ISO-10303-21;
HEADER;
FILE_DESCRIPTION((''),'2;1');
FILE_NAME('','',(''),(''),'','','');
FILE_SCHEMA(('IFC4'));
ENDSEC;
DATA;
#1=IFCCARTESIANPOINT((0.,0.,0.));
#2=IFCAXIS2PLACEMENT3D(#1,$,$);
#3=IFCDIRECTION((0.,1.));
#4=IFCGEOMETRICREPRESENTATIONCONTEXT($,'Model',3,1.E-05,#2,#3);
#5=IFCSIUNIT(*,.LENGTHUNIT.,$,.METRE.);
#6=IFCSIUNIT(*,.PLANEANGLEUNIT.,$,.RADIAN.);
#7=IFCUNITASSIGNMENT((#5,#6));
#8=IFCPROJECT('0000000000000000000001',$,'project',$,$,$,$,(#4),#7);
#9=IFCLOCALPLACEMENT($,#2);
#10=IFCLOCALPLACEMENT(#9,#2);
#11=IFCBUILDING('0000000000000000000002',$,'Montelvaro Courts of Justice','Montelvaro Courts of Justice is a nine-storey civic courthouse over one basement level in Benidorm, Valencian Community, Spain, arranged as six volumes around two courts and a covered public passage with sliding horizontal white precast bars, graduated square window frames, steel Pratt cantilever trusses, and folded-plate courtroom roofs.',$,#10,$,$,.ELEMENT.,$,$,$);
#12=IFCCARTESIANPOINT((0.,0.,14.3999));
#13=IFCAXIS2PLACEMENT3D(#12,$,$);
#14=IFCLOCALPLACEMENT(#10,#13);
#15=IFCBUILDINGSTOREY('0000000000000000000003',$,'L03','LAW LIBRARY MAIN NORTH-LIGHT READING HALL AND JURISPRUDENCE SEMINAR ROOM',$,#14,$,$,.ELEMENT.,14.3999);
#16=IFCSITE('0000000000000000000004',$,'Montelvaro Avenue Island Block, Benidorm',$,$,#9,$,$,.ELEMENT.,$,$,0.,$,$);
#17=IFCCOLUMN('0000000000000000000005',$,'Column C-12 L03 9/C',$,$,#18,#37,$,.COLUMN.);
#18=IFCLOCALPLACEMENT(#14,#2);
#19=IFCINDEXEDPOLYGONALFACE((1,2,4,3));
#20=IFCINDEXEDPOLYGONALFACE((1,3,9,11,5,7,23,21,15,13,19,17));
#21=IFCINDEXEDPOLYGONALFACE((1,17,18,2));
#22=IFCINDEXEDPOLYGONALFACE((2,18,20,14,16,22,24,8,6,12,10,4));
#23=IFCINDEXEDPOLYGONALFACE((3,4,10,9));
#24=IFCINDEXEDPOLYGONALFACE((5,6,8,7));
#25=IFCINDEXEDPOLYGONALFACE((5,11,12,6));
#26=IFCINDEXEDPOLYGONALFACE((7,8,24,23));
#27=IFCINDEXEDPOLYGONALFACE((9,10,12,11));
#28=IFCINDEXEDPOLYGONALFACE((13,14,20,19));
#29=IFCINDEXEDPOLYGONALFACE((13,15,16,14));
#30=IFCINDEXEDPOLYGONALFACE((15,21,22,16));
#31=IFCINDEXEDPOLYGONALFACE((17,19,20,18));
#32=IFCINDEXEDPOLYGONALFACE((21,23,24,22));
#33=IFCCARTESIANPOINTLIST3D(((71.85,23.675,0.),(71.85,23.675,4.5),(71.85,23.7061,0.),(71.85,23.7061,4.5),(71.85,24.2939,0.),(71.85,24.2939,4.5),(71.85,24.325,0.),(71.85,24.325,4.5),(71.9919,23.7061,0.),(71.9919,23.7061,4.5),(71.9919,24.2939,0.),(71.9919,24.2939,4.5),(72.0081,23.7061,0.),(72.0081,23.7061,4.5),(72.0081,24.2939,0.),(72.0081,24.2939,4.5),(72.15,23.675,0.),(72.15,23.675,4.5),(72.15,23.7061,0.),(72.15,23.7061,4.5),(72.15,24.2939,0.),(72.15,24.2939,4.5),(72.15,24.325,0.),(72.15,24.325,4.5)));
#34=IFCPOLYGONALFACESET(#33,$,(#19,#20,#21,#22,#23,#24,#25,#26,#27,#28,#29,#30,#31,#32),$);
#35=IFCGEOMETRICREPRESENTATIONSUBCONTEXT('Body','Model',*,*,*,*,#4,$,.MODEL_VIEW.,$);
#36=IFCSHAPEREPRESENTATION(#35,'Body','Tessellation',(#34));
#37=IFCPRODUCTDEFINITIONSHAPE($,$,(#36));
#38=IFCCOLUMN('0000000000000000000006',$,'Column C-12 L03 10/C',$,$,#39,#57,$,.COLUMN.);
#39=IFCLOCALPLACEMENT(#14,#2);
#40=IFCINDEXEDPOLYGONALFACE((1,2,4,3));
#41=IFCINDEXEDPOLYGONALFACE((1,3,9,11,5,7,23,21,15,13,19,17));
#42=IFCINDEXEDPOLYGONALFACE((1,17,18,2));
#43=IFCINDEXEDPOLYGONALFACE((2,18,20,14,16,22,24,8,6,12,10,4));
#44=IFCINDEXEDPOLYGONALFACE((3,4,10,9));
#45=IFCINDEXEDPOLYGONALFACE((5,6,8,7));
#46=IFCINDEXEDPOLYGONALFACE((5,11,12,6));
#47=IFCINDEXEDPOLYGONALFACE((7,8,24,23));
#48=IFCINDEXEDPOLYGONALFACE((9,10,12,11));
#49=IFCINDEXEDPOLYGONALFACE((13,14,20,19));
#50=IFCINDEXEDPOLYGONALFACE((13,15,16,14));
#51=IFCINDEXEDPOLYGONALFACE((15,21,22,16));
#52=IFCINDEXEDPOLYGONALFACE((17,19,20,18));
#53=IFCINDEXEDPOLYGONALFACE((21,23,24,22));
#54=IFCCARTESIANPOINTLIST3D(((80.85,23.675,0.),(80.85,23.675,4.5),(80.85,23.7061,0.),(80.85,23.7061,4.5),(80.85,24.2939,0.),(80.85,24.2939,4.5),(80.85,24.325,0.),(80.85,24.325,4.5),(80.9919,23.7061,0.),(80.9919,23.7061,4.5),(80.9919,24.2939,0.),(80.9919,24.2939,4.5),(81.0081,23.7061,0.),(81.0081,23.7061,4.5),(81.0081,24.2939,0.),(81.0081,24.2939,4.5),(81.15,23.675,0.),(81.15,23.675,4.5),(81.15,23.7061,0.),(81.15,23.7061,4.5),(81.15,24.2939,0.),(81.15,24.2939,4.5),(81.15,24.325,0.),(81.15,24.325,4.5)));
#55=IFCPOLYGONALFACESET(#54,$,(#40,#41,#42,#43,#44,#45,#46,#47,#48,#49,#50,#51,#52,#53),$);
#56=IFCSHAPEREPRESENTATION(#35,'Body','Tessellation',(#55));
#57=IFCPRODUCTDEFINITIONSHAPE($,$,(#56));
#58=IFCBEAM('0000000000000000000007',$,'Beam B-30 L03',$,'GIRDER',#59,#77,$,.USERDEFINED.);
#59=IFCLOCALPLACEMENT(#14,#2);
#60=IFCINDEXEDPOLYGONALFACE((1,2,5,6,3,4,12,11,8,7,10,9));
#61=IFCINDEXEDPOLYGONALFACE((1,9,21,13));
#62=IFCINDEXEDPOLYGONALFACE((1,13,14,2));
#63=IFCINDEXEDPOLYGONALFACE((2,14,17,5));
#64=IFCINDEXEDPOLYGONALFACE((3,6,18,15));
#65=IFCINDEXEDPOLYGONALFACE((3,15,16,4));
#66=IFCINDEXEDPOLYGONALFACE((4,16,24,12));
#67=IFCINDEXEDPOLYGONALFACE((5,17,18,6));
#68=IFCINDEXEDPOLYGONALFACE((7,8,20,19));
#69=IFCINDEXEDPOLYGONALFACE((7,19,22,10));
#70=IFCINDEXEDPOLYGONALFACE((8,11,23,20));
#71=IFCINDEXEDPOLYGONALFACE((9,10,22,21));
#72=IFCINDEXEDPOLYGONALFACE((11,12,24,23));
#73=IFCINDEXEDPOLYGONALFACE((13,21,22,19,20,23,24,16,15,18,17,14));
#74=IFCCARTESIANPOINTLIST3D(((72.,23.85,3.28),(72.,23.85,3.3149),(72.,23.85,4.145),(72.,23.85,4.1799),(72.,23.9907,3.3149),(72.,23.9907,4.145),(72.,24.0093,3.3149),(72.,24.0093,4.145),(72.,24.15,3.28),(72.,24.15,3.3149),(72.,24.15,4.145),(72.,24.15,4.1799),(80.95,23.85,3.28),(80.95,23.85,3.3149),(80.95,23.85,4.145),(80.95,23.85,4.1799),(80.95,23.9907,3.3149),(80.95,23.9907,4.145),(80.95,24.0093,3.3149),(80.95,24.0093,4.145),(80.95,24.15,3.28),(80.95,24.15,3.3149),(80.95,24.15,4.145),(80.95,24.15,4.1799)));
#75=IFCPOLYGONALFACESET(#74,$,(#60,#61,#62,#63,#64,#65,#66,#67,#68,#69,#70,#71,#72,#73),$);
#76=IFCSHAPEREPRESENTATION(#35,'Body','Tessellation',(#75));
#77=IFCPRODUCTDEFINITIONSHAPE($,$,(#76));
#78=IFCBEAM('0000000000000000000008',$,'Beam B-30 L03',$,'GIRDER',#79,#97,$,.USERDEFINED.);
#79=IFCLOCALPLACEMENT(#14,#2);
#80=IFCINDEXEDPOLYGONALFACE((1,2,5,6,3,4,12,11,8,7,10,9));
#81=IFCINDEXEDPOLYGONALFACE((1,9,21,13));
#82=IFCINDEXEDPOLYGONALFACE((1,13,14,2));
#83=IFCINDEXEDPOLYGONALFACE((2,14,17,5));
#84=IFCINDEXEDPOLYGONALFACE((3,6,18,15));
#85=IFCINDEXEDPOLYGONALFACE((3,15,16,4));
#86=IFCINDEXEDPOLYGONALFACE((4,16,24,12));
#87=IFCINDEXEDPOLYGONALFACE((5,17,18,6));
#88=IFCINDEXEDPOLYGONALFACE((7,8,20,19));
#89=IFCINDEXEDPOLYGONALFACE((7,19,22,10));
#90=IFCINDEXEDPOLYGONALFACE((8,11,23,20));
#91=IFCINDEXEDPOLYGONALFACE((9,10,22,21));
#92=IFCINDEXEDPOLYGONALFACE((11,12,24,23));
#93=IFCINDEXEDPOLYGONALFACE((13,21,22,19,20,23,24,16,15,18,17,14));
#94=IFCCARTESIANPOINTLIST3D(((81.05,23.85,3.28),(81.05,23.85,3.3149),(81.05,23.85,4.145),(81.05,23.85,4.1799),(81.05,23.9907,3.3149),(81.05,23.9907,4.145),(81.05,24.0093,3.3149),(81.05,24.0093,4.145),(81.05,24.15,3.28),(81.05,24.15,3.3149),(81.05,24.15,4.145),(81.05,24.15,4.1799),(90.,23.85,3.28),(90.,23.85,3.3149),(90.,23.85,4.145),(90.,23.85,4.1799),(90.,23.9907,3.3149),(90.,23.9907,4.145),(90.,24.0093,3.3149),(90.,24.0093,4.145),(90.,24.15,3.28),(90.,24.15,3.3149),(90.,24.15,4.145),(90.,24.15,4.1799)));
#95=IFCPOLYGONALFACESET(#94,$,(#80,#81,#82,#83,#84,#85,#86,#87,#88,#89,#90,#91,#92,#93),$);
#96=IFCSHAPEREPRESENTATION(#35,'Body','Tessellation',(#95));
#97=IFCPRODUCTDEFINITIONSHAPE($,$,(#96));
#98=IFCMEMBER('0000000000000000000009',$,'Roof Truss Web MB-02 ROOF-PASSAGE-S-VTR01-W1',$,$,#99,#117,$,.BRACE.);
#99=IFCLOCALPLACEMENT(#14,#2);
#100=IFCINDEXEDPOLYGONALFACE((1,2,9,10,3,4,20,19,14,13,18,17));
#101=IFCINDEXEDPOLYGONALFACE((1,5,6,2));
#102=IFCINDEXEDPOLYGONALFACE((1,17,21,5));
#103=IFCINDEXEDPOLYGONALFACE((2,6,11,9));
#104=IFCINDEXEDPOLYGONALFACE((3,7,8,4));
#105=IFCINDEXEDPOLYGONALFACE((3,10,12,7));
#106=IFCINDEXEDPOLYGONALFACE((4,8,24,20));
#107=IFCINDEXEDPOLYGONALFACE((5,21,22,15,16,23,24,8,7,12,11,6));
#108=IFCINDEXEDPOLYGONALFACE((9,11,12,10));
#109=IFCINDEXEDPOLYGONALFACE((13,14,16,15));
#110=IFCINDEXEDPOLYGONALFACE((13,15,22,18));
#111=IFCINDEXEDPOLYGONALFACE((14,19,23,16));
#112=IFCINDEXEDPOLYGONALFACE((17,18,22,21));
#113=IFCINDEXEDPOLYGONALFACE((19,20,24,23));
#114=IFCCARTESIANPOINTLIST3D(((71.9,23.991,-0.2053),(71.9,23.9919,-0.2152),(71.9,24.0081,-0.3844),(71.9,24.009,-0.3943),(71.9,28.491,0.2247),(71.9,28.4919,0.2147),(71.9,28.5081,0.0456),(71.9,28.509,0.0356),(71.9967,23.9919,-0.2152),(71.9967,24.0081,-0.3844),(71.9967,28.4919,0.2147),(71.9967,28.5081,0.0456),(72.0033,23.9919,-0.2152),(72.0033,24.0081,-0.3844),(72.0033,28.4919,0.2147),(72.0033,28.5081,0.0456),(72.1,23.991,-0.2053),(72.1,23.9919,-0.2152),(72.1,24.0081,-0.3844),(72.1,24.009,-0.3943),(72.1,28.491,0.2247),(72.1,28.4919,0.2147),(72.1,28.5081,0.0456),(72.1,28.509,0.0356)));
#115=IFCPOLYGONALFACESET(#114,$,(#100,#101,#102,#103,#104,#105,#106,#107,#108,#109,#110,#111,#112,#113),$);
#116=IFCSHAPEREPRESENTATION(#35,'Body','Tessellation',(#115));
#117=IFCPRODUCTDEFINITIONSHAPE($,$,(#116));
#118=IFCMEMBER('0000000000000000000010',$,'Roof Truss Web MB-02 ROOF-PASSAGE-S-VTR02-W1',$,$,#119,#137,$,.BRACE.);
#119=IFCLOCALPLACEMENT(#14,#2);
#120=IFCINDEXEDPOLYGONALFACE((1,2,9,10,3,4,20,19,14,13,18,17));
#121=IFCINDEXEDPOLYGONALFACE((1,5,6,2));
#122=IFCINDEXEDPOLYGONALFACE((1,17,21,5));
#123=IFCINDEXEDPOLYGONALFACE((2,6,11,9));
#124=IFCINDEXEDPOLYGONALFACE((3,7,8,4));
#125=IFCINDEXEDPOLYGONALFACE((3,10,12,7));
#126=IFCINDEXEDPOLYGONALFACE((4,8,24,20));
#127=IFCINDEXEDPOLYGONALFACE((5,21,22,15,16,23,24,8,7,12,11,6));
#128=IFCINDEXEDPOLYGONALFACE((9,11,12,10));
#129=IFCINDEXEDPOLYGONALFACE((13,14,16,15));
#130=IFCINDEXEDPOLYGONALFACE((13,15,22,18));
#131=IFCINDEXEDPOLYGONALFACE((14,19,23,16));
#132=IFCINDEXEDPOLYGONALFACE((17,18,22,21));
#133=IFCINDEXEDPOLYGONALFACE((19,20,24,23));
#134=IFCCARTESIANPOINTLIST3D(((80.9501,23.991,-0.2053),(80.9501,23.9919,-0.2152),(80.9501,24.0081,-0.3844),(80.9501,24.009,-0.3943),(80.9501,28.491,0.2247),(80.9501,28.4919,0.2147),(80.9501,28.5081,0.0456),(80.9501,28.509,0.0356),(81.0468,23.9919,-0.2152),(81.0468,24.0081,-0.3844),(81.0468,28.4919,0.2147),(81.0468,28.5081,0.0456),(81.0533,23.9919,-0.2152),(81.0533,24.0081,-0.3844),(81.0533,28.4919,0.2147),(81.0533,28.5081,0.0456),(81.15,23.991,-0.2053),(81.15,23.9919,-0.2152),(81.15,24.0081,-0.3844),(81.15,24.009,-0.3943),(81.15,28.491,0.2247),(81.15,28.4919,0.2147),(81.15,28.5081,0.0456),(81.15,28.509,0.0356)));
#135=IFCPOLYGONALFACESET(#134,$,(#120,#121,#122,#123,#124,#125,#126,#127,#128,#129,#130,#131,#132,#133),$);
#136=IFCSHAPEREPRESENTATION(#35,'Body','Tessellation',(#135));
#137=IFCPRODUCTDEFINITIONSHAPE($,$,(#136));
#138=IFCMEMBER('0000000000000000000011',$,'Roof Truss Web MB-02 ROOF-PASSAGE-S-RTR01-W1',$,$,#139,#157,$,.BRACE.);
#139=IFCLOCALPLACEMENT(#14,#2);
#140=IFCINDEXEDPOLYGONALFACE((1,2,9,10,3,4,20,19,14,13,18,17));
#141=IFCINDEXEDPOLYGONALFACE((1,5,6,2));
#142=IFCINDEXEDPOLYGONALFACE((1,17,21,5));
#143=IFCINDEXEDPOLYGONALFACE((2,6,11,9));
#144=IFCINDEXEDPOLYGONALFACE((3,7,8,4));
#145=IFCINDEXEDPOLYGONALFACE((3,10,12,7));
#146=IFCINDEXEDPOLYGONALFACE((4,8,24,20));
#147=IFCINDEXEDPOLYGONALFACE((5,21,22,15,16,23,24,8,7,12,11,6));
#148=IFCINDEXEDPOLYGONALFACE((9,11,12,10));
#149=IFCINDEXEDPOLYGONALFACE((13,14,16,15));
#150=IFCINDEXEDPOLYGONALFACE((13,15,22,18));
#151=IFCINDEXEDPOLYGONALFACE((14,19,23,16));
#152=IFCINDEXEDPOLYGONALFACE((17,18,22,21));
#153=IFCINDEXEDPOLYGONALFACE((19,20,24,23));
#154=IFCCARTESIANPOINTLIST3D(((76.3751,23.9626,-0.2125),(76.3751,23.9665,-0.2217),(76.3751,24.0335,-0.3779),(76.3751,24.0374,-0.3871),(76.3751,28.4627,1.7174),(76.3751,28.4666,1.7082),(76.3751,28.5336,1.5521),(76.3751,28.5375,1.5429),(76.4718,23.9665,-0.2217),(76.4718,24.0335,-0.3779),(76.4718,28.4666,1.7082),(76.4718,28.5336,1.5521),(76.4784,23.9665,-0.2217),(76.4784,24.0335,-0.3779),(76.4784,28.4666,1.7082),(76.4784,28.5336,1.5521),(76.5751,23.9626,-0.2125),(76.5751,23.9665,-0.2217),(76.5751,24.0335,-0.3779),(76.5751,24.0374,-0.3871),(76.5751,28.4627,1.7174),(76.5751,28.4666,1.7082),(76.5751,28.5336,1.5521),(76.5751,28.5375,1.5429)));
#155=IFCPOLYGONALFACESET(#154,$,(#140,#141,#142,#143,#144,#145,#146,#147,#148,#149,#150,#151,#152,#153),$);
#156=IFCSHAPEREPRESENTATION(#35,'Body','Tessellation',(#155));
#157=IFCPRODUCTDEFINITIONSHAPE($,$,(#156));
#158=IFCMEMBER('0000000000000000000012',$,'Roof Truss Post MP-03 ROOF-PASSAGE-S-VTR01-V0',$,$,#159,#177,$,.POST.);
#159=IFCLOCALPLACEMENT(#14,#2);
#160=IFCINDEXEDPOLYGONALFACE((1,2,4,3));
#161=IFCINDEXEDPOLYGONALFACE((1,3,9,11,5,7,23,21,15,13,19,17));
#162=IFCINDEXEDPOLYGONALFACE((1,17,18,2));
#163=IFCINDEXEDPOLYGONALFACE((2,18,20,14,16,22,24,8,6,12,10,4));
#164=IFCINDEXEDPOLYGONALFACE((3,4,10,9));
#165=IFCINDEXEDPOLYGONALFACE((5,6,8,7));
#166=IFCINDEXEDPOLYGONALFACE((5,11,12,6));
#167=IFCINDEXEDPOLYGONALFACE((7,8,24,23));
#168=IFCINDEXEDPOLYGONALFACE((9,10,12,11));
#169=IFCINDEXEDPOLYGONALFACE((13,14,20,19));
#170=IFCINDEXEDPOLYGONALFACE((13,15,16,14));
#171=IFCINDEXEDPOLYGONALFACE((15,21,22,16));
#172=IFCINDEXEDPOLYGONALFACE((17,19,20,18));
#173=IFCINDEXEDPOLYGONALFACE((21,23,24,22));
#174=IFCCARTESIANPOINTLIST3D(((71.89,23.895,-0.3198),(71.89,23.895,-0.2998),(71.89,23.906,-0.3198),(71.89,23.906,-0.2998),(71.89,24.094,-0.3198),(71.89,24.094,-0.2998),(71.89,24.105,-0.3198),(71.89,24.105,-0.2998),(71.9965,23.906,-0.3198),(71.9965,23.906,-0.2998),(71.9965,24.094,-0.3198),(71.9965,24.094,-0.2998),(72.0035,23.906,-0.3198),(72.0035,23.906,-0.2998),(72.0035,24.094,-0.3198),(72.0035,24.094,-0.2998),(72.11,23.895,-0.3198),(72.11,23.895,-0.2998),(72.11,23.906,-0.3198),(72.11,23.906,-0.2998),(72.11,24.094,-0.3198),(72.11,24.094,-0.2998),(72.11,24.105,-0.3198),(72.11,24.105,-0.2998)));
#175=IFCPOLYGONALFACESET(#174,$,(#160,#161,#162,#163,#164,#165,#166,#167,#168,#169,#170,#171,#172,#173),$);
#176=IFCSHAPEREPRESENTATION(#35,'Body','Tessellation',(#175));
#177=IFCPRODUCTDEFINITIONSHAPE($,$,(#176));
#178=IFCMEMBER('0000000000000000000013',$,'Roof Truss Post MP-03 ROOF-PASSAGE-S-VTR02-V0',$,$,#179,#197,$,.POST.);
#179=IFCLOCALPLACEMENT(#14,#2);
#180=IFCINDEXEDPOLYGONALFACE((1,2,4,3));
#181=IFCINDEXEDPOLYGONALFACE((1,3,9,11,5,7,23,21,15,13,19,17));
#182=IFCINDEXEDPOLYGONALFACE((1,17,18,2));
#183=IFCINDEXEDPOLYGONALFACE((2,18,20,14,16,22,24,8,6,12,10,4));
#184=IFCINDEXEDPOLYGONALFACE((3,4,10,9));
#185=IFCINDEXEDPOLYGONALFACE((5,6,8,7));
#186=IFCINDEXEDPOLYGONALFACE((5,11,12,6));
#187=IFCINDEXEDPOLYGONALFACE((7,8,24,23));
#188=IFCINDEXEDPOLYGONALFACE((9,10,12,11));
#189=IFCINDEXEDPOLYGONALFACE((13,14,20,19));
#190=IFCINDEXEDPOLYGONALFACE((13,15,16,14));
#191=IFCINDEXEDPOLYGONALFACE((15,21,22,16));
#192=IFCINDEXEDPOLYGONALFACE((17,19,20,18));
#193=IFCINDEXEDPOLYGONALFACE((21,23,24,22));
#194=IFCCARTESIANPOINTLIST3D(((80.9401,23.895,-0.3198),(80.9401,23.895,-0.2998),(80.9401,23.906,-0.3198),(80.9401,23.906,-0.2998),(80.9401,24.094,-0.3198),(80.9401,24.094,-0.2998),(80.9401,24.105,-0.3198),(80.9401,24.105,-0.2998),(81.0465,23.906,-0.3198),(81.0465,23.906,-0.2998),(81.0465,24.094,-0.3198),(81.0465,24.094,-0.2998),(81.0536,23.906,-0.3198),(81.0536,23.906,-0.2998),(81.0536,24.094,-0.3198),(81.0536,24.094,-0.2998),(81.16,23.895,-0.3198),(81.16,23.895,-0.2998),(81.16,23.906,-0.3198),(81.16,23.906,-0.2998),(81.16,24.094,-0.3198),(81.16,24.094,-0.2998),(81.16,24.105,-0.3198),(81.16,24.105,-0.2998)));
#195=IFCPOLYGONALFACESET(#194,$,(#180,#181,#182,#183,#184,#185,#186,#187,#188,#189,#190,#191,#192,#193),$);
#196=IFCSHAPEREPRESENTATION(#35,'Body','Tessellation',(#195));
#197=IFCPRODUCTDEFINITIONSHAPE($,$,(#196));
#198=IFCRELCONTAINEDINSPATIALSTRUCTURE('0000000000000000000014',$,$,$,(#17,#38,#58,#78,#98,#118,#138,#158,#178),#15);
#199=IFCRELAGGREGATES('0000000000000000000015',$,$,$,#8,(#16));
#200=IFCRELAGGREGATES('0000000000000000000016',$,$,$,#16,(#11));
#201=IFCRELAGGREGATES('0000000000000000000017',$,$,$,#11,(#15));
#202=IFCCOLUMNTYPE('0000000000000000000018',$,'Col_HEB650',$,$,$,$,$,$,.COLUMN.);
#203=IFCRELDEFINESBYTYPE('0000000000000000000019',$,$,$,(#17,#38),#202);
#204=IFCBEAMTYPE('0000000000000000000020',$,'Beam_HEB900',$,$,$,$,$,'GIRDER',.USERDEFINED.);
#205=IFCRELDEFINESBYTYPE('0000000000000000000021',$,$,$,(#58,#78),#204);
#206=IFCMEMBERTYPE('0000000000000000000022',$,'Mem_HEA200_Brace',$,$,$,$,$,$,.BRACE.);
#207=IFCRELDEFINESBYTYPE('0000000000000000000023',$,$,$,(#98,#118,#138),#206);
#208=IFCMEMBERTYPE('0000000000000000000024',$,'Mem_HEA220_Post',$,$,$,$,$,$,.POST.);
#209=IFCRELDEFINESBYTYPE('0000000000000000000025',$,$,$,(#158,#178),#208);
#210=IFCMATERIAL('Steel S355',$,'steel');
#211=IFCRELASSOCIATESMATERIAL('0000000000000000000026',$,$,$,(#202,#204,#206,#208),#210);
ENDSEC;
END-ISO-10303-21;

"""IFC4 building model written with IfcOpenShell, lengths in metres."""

from ifc_helpers import new_model, si_unit, direction, frame, origin, origin_2d, place, context, subcontext, project, spatial, i_section, extrude, material, material_profile, profile_set, type_object, element, save


model = new_model("IFC4")

# Units and contexts
model_context = context("Model", 3, precision=1e-05, world=origin(), true_north=direction((0.0, 1.0)))
body_context = subcontext(model_context, "Body", "Model", "MODEL_VIEW")
ifc_project = project(units=[si_unit("LENGTHUNIT", "METRE"), si_unit("PLANEANGLEUNIT", "RADIAN")], contexts=[model_context])

# Site, building, storey
site_placement = place(None, origin())
site = spatial("IfcSite", under=ifc_project, at=site_placement, Name="Montelvaro Avenue Island Block, Benidorm", CompositionType="ELEMENT", RefElevation=0.0)
building_placement = place(site_placement, origin())
building = spatial("IfcBuilding", under=site, at=building_placement, Name="Montelvaro Courts of Justice", Description="Montelvaro Courts of Justice is a nine-storey civic courthouse over one basement level in Benidorm, Valencian Community, Spain, arranged as six volumes around two courts and a covered public passage with sliding horizontal white precast bars, graduated square window frames, steel Pratt cantilever trusses, and folded-plate courtroom roofs.", CompositionType="ELEMENT")
storey_placement = place(building_placement, frame((0.0, 0.0, 14.3999)))
storey = spatial("IfcBuildingStorey", under=building, at=storey_placement, Name="L03", Description="LAW LIBRARY MAIN NORTH-LIGHT READING HALL AND JURISPRUDENCE SEMINAR ROOM", CompositionType="ELEMENT", Elevation=14.3999)

# Columns
ifc_material_1 = material(Name="Steel S355", Category="steel")
ifc_material_profile_1 = material_profile(ifc_material_1, i_section(OverallWidth=0.3, OverallDepth=0.6499, WebThickness=0.0161, FlangeThickness=0.031, at=origin_2d()), Name="HEB 650")
ifc_profile_set_1 = profile_set([ifc_material_profile_1], Name="Steel S355")
column_type = type_object("IfcColumnType", Name="Col_HEB650", PredefinedType="COLUMN", material=ifc_profile_set_1)
for number, where, z_axis, x_axis, name in (
    (1, (72.0, 24.0, 0.0), (0.0, 0.0, 1.0), (1.0, 0.0, 0.0), "Column C-12 L03 9/C"),
    (2, (81.0, 24.0, 0.0), (0.0, 0.0, 1.0), (1.0, 0.0, 0.0), "Column C-12 L03 10/C"),
):
    element("IfcColumn", number, at=place(storey_placement, frame(where, z_axis=z_axis, x_axis=x_axis)), inside=storey, type_object=column_type, Name=name, PredefinedType="COLUMN", context=body_context, shape_type="SweptSolid", body=[
        extrude(i_section(OverallWidth=0.3, OverallDepth=0.6499, WebThickness=0.0161, FlangeThickness=0.031, at=origin_2d()), origin(), (0.0, 0.0, 1.0), 4.5),
    ])

# Beams
ifc_material_profile_2 = material_profile(ifc_material_1, i_section(OverallWidth=0.3, OverallDepth=0.8999, WebThickness=0.0186, FlangeThickness=0.0349, at=origin_2d()), Name="HEB 900")
ifc_profile_set_2 = profile_set([ifc_material_profile_2], Name="Steel S355")
beam_type = type_object("IfcBeamType", Name="Beam_HEB900", ElementType="GIRDER", PredefinedType="USERDEFINED", material=ifc_profile_set_2)
for number, where, z_axis, x_axis, name in (
    (3, (72.0, 24.0, 3.73), (1.0, 0.0, 0.0), (0.0, 1.0, 0.0), "Beam B-30 L03"),
    (4, (81.05, 24.0, 3.73), (1.0, 0.0, 0.0), (0.0, 1.0, 0.0), "Beam B-30 L03"),
):
    element("IfcBeam", number, at=place(storey_placement, frame(where, z_axis=z_axis, x_axis=x_axis)), inside=storey, type_object=beam_type, Name=name, ObjectType="GIRDER", PredefinedType="USERDEFINED", context=body_context, shape_type="SweptSolid", body=[
        extrude(i_section(OverallWidth=0.3, OverallDepth=0.8999, WebThickness=0.0186, FlangeThickness=0.0349, at=origin_2d()), origin(), (0.0, 0.0, 1.0), 8.95),
    ])

# Members
ifc_material_profile_3 = material_profile(ifc_material_1, i_section(OverallWidth=0.2, OverallDepth=0.1899, WebThickness=0.0066, FlangeThickness=0.01, at=origin_2d()), Name="HEA 200")
ifc_profile_set_3 = profile_set([ifc_material_profile_3], Name="Steel S355")
member_type_1 = type_object("IfcMemberType", Name="Mem_HEA200_Brace", PredefinedType="BRACE", material=ifc_profile_set_3)
for number, where, z_axis, x_axis, name in (
    (5, (72.0, 24.0, -0.2998), (0.0, 0.995467, 0.095107), (-1.0, 0.0, 0.0), "Roof Truss Web MB-02 ROOF-PASSAGE-S-VTR01-W1"),
    (6, (81.05, 24.0, -0.2998), (0.0, 0.995467, 0.095107), (-1.0, 0.0, 0.0), "Roof Truss Web MB-02 ROOF-PASSAGE-S-VTR02-W1"),
):
    element("IfcMember", number, at=place(storey_placement, frame(where, z_axis=z_axis, x_axis=x_axis)), inside=storey, type_object=member_type_1, Name=name, PredefinedType="BRACE", context=body_context, shape_type="SweptSolid", body=[
        extrude(i_section(OverallWidth=0.2, OverallDepth=0.1899, WebThickness=0.0066, FlangeThickness=0.01, at=origin_2d()), origin(), (0.0, 0.0, 1.0), 4.5205),
    ])
member_1_placement = place(storey_placement, frame((76.4751, 24.0, -0.2998), z_axis=(0.0, 0.919044, 0.394154), x_axis=(-1.0, 0.0, 0.0)))
element("IfcMember", 7, at=member_1_placement, inside=storey, type_object=member_type_1, Name="Roof Truss Web MB-02 ROOF-PASSAGE-S-RTR01-W1", PredefinedType="BRACE", context=body_context, shape_type="SweptSolid", body=[
    extrude(i_section(OverallWidth=0.2, OverallDepth=0.1899, WebThickness=0.0066, FlangeThickness=0.01, at=origin_2d()), origin(), (0.0, 0.0, 1.0), 4.8965),
])
ifc_material_profile_4 = material_profile(ifc_material_1, i_section(OverallWidth=0.22, OverallDepth=0.21, WebThickness=0.0071, FlangeThickness=0.011, at=origin_2d()), Name="HEA 220")
ifc_profile_set_4 = profile_set([ifc_material_profile_4], Name="Steel S355")
member_type_2 = type_object("IfcMemberType", Name="Mem_HEA220_Post", PredefinedType="POST", material=ifc_profile_set_4)
for number, where, z_axis, x_axis, name in (
    (8, (72.0, 24.0, -0.2998), (0.0, 0.0, -1.0), (1.0, 0.0, 0.0), "Roof Truss Post MP-03 ROOF-PASSAGE-S-VTR01-V0"),
    (9, (81.05, 24.0, -0.2998), (0.0, 0.0, -1.0), (1.0, 0.0, 0.0), "Roof Truss Post MP-03 ROOF-PASSAGE-S-VTR02-V0"),
):
    element("IfcMember", number, at=place(storey_placement, frame(where, z_axis=z_axis, x_axis=x_axis)), inside=storey, type_object=member_type_2, Name=name, PredefinedType="POST", context=body_context, shape_type="SweptSolid", body=[
        extrude(i_section(OverallWidth=0.22, OverallDepth=0.21, WebThickness=0.0071, FlangeThickness=0.011, at=origin_2d()), origin(), (0.0, 0.0, 1.0), 0.02),
    ])

save(model, "model.ifc")
